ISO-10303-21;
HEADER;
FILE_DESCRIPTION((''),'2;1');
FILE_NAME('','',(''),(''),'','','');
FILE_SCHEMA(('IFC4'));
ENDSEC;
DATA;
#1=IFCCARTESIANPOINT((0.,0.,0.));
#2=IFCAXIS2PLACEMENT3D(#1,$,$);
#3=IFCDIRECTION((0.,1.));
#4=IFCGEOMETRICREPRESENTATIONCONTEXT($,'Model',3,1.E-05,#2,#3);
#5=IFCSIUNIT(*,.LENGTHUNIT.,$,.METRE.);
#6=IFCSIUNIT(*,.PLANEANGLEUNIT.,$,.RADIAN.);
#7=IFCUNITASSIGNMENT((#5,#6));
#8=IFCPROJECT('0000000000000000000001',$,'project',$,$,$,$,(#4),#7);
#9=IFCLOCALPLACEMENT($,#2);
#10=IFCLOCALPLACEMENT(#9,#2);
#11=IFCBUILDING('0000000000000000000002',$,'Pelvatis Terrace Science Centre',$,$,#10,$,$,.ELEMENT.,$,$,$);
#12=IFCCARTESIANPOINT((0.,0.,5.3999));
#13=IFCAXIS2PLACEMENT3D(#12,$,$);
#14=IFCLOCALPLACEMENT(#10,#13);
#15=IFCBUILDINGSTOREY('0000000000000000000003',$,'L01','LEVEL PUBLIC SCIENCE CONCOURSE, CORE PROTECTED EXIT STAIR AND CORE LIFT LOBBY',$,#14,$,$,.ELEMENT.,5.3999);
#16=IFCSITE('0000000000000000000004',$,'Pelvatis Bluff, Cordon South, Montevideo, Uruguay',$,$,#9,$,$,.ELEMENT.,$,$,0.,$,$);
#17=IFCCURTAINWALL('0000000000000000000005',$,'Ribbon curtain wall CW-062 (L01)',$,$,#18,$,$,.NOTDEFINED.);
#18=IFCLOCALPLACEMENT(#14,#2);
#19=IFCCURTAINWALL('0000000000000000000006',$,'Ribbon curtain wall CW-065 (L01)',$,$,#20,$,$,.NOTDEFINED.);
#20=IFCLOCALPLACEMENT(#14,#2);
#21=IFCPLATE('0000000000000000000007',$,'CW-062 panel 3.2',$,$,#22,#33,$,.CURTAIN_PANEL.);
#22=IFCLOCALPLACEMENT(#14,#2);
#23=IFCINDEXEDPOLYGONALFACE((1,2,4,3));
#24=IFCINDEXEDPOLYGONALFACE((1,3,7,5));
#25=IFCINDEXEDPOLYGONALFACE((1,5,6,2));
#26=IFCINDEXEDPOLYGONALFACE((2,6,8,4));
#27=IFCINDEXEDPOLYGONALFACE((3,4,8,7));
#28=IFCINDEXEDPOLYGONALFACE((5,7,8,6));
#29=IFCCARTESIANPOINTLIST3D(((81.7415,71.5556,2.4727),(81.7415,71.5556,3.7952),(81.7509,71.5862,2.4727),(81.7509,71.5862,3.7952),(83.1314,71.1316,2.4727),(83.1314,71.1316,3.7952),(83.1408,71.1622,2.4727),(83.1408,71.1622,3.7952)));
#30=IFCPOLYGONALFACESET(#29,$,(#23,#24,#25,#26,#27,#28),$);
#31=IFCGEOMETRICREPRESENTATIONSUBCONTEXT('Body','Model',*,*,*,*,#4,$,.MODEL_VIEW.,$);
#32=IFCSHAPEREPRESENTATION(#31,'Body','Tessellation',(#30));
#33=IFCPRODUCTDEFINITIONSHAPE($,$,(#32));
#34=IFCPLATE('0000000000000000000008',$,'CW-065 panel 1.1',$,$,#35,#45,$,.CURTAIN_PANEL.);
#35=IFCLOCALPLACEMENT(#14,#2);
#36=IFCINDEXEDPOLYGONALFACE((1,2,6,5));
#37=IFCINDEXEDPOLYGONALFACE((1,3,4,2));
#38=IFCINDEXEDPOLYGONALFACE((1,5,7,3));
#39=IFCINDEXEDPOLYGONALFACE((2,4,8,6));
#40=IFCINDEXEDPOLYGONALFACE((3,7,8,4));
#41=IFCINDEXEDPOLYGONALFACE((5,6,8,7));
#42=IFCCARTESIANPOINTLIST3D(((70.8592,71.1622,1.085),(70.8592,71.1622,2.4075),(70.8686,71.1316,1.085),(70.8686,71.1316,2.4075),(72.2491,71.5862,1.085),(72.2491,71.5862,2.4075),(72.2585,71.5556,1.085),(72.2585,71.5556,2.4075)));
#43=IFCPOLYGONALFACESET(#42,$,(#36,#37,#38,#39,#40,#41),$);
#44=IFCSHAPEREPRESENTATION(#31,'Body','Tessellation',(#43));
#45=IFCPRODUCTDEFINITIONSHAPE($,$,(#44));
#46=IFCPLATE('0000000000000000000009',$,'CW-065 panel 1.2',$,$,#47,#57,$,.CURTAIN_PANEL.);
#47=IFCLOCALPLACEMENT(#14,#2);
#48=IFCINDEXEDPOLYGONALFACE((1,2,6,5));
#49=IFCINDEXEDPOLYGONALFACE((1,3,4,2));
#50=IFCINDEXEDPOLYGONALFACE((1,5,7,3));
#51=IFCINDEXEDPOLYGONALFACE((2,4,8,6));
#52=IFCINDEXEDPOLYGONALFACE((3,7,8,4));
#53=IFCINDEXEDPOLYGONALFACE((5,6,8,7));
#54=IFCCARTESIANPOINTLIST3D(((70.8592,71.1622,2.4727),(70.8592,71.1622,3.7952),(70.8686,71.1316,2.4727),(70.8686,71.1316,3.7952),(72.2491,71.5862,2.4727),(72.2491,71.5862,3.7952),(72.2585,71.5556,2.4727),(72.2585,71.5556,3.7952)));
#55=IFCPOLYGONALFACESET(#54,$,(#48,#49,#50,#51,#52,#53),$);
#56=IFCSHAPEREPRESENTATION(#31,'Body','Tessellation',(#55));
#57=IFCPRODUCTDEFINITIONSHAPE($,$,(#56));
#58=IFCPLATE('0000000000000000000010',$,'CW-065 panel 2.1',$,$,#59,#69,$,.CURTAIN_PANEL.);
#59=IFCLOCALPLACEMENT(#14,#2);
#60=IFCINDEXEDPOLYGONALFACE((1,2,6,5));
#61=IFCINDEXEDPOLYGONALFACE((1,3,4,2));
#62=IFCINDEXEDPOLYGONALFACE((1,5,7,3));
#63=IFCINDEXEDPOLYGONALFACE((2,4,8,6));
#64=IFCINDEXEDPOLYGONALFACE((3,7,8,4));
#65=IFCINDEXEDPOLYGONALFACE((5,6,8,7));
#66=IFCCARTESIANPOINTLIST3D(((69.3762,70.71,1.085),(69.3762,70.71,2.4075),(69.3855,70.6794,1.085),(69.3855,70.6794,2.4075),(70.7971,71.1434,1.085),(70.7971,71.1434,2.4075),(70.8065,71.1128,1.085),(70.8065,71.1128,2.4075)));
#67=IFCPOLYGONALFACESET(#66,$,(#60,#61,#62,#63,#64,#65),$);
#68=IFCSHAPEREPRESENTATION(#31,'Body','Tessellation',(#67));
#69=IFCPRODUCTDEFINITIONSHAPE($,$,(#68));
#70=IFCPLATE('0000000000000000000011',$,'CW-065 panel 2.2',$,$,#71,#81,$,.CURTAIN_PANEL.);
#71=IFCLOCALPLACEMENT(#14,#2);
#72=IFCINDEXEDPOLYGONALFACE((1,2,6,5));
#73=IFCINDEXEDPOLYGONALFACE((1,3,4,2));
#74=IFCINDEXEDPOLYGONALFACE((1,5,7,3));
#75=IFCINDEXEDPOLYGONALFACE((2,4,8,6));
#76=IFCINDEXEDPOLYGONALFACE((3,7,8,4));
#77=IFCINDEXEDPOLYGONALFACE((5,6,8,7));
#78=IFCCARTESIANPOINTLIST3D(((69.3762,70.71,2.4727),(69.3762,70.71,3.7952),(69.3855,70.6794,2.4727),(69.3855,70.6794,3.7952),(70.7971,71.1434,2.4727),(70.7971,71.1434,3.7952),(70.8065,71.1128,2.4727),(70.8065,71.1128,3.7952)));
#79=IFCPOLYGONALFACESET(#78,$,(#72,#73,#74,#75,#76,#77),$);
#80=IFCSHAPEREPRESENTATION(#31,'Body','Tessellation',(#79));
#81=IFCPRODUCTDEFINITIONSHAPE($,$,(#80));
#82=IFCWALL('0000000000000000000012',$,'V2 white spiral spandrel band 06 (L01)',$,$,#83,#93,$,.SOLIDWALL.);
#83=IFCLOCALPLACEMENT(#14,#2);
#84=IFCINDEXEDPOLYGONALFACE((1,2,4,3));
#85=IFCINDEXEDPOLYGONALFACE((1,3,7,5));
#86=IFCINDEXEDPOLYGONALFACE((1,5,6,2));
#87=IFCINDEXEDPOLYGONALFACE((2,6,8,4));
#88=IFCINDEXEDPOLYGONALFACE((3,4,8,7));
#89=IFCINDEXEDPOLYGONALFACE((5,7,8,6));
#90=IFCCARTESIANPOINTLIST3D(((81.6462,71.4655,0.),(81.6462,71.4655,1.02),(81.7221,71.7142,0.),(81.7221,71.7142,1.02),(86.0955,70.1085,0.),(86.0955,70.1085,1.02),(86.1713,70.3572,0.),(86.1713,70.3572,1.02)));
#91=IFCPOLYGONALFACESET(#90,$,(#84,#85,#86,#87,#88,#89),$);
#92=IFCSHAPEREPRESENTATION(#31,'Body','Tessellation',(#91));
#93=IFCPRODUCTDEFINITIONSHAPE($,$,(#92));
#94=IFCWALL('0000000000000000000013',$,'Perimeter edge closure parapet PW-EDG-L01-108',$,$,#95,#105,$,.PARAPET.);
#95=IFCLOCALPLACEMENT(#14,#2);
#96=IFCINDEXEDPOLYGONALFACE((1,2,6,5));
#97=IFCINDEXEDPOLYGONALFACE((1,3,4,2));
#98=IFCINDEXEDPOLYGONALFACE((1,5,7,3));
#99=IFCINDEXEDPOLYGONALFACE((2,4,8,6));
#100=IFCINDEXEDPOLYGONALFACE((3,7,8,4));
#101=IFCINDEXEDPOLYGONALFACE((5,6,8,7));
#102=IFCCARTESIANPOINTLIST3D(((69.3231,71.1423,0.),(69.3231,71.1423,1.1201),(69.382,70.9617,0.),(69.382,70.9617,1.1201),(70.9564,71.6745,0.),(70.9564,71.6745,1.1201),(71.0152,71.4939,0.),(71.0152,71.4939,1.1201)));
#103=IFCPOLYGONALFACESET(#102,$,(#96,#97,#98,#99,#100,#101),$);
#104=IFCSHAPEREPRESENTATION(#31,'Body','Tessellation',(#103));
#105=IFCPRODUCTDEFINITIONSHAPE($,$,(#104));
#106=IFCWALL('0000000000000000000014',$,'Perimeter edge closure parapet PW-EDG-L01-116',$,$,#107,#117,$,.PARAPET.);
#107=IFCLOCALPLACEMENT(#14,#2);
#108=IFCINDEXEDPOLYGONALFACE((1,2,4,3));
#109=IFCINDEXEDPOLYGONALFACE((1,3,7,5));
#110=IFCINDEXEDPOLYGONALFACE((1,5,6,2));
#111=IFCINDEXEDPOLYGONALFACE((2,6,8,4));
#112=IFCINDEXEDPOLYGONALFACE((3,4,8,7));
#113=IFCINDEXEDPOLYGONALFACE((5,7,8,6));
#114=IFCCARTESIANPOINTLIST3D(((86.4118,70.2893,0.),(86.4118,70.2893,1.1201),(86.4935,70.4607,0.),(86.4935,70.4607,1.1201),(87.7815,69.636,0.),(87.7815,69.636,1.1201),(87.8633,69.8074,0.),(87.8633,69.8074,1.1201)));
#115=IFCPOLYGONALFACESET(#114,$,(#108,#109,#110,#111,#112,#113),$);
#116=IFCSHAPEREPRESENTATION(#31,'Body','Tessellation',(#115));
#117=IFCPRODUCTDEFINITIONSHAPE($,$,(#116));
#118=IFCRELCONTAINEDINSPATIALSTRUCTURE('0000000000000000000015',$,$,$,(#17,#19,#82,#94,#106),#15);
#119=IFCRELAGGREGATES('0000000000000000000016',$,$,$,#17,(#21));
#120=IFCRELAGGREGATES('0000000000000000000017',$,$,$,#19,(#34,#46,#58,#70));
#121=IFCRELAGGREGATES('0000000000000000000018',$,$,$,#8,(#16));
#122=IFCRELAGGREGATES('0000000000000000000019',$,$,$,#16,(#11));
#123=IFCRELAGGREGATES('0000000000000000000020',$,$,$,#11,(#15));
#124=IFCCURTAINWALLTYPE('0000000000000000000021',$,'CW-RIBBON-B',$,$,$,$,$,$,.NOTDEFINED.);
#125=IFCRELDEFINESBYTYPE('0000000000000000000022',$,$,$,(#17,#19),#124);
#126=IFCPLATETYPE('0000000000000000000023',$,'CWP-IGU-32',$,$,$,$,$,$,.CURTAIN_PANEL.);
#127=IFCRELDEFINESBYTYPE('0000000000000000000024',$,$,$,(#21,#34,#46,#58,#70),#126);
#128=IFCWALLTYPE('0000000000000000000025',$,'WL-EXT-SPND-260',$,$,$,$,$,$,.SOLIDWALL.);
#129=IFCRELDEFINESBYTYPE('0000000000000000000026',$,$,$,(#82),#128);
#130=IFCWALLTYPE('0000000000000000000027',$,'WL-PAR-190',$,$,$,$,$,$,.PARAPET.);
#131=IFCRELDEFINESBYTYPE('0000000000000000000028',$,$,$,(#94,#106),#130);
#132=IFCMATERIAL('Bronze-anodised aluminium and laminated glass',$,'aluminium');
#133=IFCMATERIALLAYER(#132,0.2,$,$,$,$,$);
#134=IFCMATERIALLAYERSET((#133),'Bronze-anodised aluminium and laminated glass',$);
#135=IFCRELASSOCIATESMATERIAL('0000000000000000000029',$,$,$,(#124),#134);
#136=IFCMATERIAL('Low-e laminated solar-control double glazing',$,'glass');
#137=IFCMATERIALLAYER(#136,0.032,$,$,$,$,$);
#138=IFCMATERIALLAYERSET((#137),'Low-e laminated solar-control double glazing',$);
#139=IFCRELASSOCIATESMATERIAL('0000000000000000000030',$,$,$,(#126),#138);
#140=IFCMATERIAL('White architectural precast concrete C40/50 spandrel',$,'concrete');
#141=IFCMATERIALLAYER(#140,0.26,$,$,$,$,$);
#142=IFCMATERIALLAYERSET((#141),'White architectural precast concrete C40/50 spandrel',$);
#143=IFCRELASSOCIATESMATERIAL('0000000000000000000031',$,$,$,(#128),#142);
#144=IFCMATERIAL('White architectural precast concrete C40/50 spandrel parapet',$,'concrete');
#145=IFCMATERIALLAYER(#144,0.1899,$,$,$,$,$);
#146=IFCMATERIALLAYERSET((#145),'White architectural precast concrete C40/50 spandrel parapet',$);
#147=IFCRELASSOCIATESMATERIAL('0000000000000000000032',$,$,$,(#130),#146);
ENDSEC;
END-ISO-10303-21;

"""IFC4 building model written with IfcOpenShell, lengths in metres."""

from ifc_helpers import new_model, si_unit, direction, frame, frame_2d, origin, origin_2d, place, context, subcontext, project, spatial, rectangle, extrude, material, layer, layer_set, type_object, element, aggregate, save


model = new_model("IFC4")

# Units and contexts
model_context = context("Model", 3, precision=1e-05, world=origin(), true_north=direction((0.0, 1.0)))
body_context = subcontext(model_context, "Body", "Model", "MODEL_VIEW")
ifc_project = project(units=[si_unit("LENGTHUNIT", "METRE"), si_unit("PLANEANGLEUNIT", "RADIAN")], contexts=[model_context])

# Site, building, storey
site_placement = place(None, origin())
site = spatial("IfcSite", under=ifc_project, at=site_placement, Name="Pelvatis Bluff, Cordon South, Montevideo, Uruguay", CompositionType="ELEMENT", RefElevation=0.0)
building_placement = place(site_placement, origin())
building = spatial("IfcBuilding", under=site, at=building_placement, Name="Pelvatis Terrace Science Centre", CompositionType="ELEMENT")
storey_placement = place(building_placement, frame((0.0, 0.0, 5.3999)))
storey = spatial("IfcBuildingStorey", under=building, at=storey_placement, Name="L01", Description="LEVEL PUBLIC SCIENCE CONCOURSE, CORE PROTECTED EXIT STAIR AND CORE LIFT LOBBY", CompositionType="ELEMENT", Elevation=5.3999)

# Curtain walls
ifc_material_1 = material(Name="Bronze-anodised aluminium and laminated glass", Category="aluminium")
ifc_layer_1 = layer(ifc_material_1, 0.2)
ifc_layer_set_1 = layer_set([ifc_layer_1], Name="Bronze-anodised aluminium and laminated glass")
curtain_wall_type = type_object("IfcCurtainWallType", Name="CW-RIBBON-B", PredefinedType="NOTDEFINED", material=ifc_layer_set_1)
curtain_wall_1_placement = place(storey_placement, origin())
curtain_wall_1 = element("IfcCurtainWall", 1, at=curtain_wall_1_placement, inside=storey, type_object=curtain_wall_type, Name="Ribbon curtain wall CW-062 (L01)", PredefinedType="NOTDEFINED")
curtain_wall_2_placement = place(storey_placement, origin())
curtain_wall_2 = element("IfcCurtainWall", 2, at=curtain_wall_2_placement, inside=storey, type_object=curtain_wall_type, Name="Ribbon curtain wall CW-065 (L01)", PredefinedType="NOTDEFINED")

# Plates
ifc_material_2 = material(Name="Low-e laminated solar-control double glazing", Category="glass")
ifc_layer_2 = layer(ifc_material_2, 0.032)
ifc_layer_set_2 = layer_set([ifc_layer_2], Name="Low-e laminated solar-control double glazing")
plate_type = type_object("IfcPlateType", Name="CWP-IGU-32", PredefinedType="CURTAIN_PANEL", material=ifc_layer_set_2)
plate_1_placement = place(storey_placement, frame((82.4412, 71.3589, 2.4727), z_axis=(0.0, 0.0, 1.0), x_axis=(-0.956494, 0.291751, 0.0)))
plate_1 = element("IfcPlate", 3, at=plate_1_placement, type_object=plate_type, Name="CW-062 panel 3.2", PredefinedType="CURTAIN_PANEL", context=body_context, shape_type="SweptSolid", body=[
    extrude(rectangle(XDim=1.4531, YDim=0.032, at=origin_2d()), origin(), (0.0, 0.0, 1.0), 1.3225),
])
aggregate(curtain_wall_1, [plate_1])
plate_2_placement = place(storey_placement, frame((71.5588, 71.3589, 1.085), z_axis=(0.0, 0.0, 1.0), x_axis=(-0.956494, -0.291751, 0.0)))
plate_2 = element("IfcPlate", 4, at=plate_2_placement, type_object=plate_type, Name="CW-065 panel 1.1", PredefinedType="CURTAIN_PANEL", context=body_context, shape_type="SweptSolid", body=[
    extrude(rectangle(XDim=1.4531, YDim=0.032, at=origin_2d()), origin(), (0.0, 0.0, 1.0), 1.3225),
])
plate_3_placement = place(storey_placement, frame((71.5588, 71.3589, 2.4727), z_axis=(0.0, 0.0, 1.0), x_axis=(-0.956494, -0.291751, 0.0)))
plate_3 = element("IfcPlate", 5, at=plate_3_placement, type_object=plate_type, Name="CW-065 panel 1.2", PredefinedType="CURTAIN_PANEL", context=body_context, shape_type="SweptSolid", body=[
    extrude(rectangle(XDim=1.4531, YDim=0.032, at=origin_2d()), origin(), (0.0, 0.0, 1.0), 1.3225),
])
plate_4_placement = place(storey_placement, frame((70.0913, 70.9114, 1.085), z_axis=(0.0, 0.0, 1.0), x_axis=(-0.956494, -0.291751, 0.0)))
plate_4 = element("IfcPlate", 6, at=plate_4_placement, type_object=plate_type, Name="CW-065 panel 2.1", PredefinedType="CURTAIN_PANEL", context=body_context, shape_type="SweptSolid", body=[
    extrude(rectangle(XDim=1.4856, YDim=0.032, at=origin_2d()), origin(), (0.0, 0.0, 1.0), 1.3225),
])
plate_5_placement = place(storey_placement, frame((70.0913, 70.9114, 2.4727), z_axis=(0.0, 0.0, 1.0), x_axis=(-0.956494, -0.291751, 0.0)))
plate_5 = element("IfcPlate", 7, at=plate_5_placement, type_object=plate_type, Name="CW-065 panel 2.2", PredefinedType="CURTAIN_PANEL", context=body_context, shape_type="SweptSolid", body=[
    extrude(rectangle(XDim=1.4856, YDim=0.032, at=origin_2d()), origin(), (0.0, 0.0, 1.0), 1.3225),
])
aggregate(curtain_wall_2, [plate_2, plate_3, plate_4, plate_5])

# Walls
ifc_material_3 = material(Name="White architectural precast concrete C40/50 spandrel", Category="concrete")
ifc_layer_3 = layer(ifc_material_3, 0.26)
ifc_layer_set_3 = layer_set([ifc_layer_3], Name="White architectural precast concrete C40/50 spandrel")
wall_type_1 = type_object("IfcWallType", Name="WL-EXT-SPND-260", PredefinedType="SOLIDWALL", material=ifc_layer_set_3)
wall_1_placement = place(storey_placement, frame((86.1333, 70.2329, 0.0), z_axis=(0.0, 0.0, 1.0), x_axis=(-0.956505, 0.291717, 0.0)))
element("IfcWall", 8, at=wall_1_placement, inside=storey, type_object=wall_type_1, Name="V2 white spiral spandrel band 06 (L01)", PredefinedType="SOLIDWALL", context=body_context, shape_type="SweptSolid", body=[
    extrude(rectangle(XDim=4.6516, YDim=0.26, at=frame_2d((2.3257, 0.0))), origin(), (0.0, 0.0, 1.0), 1.02),
])
ifc_material_4 = material(Name="White architectural precast concrete C40/50 spandrel parapet", Category="concrete")
ifc_layer_4 = layer(ifc_material_4, 0.1899)
ifc_layer_set_4 = layer_set([ifc_layer_4], Name="White architectural precast concrete C40/50 spandrel parapet")
wall_type_2 = type_object("IfcWallType", Name="WL-PAR-190", PredefinedType="PARAPET", material=ifc_layer_set_4)
wall_2_placement = place(storey_placement, frame((69.3525, 71.052, 0.0), z_axis=(0.0, 0.0, 1.0), x_axis=(0.950794, 0.309825, 0.0)))
element("IfcWall", 9, at=wall_2_placement, inside=storey, type_object=wall_type_2, Name="Perimeter edge closure parapet PW-EDG-L01-108", PredefinedType="PARAPET", context=body_context, shape_type="SweptSolid", body=[
    extrude(rectangle(XDim=1.7178, YDim=0.1899, at=frame_2d((0.8589, 0.0))), origin(), (0.0, 0.0, 1.0), 1.1201),
])
wall_3_placement = place(storey_placement, frame((86.4526, 70.375, 0.0), z_axis=(0.0, 0.0, 1.0), x_axis=(0.902605, -0.430471, 0.0)))
element("IfcWall", 10, at=wall_3_placement, inside=storey, type_object=wall_type_2, Name="Perimeter edge closure parapet PW-EDG-L01-116", PredefinedType="PARAPET", context=body_context, shape_type="SweptSolid", body=[
    extrude(rectangle(XDim=1.5176, YDim=0.1899, at=frame_2d((0.7588, 0.0))), origin(), (0.0, 0.0, 1.0), 1.1201),
])

save(model, "model.ifc")
